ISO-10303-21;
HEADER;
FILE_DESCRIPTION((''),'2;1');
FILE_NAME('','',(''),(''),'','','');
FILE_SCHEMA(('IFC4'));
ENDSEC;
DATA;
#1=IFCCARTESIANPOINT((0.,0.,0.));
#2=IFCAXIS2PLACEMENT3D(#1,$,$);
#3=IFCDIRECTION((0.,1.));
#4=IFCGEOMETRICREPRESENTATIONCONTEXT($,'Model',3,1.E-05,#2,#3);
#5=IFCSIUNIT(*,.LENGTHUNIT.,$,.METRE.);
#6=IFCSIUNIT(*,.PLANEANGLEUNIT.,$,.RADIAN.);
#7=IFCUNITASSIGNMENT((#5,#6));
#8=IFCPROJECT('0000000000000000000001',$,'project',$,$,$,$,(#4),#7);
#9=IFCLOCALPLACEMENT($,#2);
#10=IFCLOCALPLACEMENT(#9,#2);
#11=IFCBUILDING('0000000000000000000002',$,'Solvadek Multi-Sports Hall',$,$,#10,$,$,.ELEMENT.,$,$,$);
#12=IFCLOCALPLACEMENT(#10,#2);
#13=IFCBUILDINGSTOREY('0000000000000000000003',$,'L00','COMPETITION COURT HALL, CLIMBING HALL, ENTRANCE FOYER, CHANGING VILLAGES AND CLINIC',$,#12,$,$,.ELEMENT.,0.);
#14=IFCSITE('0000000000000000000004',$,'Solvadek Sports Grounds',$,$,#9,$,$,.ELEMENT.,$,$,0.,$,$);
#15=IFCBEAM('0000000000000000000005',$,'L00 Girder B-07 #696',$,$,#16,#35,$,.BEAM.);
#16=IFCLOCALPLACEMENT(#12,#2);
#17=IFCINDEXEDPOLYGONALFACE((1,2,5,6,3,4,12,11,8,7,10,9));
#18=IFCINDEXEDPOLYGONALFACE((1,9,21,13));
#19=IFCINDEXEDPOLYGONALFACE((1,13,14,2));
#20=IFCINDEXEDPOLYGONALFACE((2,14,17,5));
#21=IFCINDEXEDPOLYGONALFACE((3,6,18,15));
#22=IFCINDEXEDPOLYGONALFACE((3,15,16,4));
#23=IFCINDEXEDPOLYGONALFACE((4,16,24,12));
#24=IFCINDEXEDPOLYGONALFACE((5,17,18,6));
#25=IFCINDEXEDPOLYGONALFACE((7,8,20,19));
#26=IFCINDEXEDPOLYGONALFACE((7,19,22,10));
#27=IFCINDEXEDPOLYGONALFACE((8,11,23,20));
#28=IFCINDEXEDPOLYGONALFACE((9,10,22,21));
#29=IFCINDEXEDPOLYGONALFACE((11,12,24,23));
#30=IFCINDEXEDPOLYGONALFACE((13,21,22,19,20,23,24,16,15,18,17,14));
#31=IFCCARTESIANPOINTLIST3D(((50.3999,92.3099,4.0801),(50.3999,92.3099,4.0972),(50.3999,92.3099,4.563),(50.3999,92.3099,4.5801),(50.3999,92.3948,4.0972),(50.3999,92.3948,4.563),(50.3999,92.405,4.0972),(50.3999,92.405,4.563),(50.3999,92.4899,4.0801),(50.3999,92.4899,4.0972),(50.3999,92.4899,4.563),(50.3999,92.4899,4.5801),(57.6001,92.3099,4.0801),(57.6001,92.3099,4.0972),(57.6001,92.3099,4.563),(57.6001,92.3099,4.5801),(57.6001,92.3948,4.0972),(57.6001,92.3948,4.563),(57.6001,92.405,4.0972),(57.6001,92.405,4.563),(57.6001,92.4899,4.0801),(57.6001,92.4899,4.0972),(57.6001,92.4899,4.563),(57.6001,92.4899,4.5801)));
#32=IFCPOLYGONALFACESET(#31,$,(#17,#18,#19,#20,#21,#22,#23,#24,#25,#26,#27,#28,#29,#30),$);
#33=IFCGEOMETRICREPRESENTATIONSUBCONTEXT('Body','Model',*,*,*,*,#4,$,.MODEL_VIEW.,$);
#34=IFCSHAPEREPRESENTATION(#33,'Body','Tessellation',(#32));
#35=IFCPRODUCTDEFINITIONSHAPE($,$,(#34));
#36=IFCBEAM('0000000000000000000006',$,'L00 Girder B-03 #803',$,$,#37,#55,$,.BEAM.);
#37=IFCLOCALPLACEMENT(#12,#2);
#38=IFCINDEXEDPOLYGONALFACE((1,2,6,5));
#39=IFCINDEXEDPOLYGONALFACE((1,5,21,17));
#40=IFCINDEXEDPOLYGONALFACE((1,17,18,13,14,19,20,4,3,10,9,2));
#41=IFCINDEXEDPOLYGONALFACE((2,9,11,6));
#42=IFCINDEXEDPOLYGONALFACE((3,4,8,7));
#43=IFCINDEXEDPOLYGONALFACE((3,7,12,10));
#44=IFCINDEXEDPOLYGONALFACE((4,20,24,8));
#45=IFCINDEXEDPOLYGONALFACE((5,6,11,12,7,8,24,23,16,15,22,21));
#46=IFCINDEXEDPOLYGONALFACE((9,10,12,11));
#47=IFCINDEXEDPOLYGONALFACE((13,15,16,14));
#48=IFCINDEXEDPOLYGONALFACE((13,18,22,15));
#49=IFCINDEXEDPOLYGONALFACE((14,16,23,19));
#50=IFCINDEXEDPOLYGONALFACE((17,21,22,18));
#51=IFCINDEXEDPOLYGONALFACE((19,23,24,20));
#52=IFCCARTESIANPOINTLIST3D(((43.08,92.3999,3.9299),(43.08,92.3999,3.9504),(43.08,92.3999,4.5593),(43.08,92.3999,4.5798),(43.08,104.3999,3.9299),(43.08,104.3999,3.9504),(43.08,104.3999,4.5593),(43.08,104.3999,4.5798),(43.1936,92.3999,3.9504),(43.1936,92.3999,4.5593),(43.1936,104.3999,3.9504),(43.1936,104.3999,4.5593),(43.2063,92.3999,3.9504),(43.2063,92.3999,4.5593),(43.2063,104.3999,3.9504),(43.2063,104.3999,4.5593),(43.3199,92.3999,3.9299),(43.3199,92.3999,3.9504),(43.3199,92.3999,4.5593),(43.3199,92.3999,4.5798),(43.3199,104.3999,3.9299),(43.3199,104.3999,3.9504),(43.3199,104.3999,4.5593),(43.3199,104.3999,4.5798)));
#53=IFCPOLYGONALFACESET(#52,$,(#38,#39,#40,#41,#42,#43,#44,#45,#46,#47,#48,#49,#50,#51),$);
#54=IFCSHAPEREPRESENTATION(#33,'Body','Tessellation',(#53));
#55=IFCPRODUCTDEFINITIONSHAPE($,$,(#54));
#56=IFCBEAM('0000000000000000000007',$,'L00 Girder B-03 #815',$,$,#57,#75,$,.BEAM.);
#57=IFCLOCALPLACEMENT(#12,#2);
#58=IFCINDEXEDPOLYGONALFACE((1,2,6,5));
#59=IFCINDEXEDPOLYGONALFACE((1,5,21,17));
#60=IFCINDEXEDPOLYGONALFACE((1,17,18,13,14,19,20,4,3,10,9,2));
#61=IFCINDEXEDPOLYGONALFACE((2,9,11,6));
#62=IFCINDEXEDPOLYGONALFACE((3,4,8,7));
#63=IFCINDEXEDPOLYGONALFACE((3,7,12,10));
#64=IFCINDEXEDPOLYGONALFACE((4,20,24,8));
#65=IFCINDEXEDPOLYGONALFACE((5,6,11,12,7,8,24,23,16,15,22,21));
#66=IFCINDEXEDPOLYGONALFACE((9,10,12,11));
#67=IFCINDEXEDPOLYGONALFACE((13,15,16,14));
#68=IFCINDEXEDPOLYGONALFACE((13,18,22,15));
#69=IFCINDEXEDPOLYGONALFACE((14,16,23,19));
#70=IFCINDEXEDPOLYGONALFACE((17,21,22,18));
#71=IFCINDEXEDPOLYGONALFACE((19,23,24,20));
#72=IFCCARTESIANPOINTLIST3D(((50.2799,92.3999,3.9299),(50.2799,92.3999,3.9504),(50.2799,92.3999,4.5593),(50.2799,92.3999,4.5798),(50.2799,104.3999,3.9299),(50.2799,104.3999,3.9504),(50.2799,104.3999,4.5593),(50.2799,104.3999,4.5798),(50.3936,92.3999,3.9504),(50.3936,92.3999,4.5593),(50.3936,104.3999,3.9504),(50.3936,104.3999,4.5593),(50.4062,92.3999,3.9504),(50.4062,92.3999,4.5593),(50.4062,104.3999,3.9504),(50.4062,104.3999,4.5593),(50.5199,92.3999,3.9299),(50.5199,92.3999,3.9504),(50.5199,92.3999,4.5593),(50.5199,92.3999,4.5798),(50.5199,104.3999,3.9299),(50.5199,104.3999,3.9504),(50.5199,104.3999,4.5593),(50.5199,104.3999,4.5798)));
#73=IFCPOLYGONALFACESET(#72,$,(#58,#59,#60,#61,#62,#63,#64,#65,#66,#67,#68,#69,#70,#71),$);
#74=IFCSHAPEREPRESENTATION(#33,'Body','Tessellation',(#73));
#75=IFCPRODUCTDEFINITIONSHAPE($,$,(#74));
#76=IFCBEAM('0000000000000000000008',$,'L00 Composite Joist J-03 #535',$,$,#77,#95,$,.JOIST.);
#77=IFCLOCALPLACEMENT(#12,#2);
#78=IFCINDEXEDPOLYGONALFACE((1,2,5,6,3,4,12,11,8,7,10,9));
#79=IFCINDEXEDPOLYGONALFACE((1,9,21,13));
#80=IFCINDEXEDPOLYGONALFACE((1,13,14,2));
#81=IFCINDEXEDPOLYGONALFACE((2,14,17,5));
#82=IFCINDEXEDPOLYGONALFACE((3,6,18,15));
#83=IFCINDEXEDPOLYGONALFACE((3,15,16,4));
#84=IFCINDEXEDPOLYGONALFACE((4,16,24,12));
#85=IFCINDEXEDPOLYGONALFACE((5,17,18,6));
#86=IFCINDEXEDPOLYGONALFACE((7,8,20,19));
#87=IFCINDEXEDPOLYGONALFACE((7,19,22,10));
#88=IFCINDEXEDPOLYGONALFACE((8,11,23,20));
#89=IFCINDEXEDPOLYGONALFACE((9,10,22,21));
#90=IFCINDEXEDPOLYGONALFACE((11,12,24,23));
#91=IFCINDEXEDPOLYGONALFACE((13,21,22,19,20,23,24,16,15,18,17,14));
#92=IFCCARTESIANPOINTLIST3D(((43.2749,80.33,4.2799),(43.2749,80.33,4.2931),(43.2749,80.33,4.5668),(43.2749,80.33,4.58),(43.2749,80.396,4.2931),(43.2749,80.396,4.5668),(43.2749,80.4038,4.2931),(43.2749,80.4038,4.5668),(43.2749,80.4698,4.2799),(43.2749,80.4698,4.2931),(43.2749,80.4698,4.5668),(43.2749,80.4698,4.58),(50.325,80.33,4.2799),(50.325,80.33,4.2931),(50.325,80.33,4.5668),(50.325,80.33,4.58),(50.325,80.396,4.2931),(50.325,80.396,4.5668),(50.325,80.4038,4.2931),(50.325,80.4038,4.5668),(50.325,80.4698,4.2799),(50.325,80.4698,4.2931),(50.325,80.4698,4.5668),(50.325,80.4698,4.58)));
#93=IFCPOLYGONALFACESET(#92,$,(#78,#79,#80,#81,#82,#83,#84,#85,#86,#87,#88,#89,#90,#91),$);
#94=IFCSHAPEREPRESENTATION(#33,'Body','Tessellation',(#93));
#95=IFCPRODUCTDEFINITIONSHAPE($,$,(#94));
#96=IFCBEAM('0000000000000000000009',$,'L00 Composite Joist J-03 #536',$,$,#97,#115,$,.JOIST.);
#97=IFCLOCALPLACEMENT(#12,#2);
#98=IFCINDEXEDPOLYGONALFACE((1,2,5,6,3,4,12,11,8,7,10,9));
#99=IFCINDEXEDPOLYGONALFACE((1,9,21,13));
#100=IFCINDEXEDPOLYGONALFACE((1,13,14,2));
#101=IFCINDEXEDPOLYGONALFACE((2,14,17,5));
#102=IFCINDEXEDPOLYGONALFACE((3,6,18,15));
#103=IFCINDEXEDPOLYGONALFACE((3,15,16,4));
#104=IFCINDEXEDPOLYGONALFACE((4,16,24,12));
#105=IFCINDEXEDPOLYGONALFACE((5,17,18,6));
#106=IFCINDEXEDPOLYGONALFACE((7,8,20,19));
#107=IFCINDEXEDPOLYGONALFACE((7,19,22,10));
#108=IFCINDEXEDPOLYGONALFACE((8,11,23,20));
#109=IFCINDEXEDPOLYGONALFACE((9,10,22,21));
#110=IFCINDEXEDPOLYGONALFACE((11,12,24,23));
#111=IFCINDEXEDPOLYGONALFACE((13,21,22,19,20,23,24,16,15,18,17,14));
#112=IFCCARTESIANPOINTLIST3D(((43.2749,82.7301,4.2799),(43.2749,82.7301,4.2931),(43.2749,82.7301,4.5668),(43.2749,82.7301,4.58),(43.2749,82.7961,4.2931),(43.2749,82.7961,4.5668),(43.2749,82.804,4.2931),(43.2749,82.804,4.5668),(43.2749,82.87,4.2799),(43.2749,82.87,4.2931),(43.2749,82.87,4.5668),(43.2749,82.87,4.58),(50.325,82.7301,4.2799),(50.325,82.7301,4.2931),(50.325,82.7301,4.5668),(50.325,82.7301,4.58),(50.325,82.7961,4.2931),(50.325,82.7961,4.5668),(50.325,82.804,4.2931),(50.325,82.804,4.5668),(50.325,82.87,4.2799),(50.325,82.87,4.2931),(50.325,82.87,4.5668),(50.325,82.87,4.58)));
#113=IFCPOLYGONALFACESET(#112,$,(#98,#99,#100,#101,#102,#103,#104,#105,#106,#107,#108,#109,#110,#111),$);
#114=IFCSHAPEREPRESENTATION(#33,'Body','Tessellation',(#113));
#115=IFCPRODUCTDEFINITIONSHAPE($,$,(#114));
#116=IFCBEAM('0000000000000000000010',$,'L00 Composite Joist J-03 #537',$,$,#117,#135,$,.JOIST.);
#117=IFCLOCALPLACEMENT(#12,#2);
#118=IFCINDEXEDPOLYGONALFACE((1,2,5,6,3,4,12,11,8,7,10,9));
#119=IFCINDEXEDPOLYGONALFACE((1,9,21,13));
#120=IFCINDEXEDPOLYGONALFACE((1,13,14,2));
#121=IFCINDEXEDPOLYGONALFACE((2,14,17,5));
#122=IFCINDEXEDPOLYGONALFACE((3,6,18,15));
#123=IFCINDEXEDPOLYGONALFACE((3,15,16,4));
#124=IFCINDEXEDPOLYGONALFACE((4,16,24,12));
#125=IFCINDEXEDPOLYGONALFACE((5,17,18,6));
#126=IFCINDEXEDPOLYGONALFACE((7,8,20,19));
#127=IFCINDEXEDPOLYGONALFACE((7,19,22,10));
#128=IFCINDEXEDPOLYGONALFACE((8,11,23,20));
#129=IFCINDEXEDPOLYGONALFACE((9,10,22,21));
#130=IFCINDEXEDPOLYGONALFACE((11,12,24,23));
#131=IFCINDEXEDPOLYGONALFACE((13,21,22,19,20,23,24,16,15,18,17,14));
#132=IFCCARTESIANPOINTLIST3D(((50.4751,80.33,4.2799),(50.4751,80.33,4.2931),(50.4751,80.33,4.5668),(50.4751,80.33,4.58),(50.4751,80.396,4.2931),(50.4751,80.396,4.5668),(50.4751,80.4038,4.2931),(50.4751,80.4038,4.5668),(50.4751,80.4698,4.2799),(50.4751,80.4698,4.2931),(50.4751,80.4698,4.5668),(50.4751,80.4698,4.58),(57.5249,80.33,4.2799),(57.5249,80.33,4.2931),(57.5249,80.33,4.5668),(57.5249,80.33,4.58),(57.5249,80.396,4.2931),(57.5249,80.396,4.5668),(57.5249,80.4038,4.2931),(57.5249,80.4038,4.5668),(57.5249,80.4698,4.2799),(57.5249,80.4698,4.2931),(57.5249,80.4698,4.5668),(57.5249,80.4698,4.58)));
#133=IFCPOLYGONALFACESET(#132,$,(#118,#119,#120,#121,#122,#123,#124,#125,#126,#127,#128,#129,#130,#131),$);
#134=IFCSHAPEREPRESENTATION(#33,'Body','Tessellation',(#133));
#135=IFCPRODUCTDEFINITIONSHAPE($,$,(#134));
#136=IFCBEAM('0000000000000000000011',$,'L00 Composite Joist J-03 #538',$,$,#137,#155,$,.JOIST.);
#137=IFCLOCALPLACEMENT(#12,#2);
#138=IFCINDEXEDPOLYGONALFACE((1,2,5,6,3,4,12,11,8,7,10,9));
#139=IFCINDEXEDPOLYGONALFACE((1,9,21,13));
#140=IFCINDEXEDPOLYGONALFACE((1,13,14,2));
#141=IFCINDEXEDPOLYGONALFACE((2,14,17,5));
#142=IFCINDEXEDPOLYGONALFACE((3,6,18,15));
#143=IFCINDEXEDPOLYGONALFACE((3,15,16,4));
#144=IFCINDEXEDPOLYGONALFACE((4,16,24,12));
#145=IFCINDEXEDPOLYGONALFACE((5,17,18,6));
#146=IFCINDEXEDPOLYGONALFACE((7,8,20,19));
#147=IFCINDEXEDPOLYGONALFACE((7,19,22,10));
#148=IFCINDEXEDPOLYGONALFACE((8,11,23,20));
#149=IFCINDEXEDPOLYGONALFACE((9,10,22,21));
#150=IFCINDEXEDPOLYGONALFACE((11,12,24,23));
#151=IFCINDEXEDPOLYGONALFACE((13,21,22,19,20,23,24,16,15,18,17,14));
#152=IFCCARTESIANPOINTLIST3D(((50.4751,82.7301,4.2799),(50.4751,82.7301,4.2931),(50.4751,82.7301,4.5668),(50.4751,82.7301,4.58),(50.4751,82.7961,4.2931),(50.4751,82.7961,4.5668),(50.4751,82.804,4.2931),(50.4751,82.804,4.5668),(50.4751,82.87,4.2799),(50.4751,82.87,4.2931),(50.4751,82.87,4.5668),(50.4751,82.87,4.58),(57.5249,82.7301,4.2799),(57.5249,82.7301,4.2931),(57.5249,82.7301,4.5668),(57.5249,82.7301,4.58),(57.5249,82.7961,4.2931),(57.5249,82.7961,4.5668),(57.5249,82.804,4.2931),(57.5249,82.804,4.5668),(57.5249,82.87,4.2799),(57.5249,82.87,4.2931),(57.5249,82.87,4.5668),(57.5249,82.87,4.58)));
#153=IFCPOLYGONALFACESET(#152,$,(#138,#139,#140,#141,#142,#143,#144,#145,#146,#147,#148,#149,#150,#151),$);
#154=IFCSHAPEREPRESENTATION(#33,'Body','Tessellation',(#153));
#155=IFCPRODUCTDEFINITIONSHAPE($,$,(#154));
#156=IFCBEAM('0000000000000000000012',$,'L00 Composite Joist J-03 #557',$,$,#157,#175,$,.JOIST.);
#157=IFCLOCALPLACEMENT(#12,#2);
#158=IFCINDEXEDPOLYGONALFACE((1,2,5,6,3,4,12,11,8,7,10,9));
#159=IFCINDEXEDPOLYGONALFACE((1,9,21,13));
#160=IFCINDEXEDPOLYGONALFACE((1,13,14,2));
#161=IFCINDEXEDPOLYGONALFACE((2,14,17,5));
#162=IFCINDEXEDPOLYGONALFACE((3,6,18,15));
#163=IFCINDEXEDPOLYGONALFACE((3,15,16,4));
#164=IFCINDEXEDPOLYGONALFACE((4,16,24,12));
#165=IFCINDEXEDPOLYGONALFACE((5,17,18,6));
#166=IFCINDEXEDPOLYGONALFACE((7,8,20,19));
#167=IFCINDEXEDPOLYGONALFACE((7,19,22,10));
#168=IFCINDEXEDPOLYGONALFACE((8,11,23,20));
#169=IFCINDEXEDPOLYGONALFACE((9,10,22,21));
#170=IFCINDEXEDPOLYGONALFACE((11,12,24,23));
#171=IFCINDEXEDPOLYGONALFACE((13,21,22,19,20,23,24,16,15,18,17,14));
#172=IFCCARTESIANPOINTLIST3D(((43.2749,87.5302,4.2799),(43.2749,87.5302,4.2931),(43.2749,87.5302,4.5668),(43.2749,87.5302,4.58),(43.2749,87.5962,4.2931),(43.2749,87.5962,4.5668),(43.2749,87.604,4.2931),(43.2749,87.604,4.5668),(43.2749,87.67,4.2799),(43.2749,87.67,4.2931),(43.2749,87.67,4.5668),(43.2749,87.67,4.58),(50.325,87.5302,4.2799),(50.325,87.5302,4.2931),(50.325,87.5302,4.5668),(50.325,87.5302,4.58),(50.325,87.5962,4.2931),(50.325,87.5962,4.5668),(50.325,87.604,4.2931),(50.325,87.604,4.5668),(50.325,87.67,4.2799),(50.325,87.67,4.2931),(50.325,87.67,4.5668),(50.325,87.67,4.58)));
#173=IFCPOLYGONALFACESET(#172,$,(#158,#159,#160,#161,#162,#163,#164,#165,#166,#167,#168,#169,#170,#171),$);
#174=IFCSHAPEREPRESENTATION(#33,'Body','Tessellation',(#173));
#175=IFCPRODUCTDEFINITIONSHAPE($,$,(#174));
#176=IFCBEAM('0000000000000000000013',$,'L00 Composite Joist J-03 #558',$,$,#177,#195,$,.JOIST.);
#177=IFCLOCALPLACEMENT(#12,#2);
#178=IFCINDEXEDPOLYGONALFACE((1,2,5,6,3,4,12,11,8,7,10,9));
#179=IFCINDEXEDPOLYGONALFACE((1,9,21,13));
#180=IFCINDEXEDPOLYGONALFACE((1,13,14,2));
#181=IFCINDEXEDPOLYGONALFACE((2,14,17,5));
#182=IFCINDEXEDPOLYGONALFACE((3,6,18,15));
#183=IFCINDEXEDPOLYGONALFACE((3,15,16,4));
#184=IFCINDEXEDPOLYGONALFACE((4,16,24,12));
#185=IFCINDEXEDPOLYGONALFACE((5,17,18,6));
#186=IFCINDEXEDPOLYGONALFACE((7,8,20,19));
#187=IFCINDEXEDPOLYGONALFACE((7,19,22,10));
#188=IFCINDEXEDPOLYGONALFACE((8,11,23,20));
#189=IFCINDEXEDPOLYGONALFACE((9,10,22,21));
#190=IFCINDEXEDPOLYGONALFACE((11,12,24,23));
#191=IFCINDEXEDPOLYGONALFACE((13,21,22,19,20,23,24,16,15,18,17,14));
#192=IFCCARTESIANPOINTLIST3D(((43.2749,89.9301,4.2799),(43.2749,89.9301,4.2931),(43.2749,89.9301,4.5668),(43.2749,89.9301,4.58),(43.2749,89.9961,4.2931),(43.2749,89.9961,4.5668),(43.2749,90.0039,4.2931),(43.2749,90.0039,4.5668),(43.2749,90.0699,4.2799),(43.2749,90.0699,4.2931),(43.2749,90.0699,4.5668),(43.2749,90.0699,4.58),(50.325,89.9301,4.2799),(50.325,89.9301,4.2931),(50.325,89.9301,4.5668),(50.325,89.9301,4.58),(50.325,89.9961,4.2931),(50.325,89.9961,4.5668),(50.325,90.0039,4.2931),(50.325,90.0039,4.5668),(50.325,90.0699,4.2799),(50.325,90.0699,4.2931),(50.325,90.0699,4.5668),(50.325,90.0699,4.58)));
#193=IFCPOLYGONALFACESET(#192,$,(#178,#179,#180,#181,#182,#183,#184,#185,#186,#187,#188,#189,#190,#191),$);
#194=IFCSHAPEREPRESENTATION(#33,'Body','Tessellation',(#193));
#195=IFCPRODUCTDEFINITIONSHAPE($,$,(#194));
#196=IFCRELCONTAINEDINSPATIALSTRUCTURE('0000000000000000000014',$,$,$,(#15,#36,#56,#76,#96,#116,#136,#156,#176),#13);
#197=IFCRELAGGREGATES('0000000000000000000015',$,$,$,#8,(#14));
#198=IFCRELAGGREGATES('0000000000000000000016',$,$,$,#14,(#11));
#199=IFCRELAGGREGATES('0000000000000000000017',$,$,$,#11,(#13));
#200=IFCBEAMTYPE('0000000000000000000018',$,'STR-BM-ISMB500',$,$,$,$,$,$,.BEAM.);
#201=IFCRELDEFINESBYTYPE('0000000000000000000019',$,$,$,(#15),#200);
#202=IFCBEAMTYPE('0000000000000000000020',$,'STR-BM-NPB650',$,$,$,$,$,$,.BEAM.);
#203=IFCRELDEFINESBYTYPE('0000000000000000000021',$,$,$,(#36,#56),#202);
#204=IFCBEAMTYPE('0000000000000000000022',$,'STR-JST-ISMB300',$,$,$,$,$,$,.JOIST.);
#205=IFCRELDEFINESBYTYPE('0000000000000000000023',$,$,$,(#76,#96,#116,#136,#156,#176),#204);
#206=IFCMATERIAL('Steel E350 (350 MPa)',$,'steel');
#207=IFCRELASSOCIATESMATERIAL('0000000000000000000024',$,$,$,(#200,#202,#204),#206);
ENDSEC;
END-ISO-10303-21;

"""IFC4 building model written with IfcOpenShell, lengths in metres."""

from ifc_helpers import new_model, si_unit, direction, frame, origin, origin_2d, place, context, subcontext, project, spatial, i_section, extrude, material, material_profile, profile_set, type_object, element, save


model = new_model("IFC4")

# Units and contexts
model_context = context("Model", 3, precision=1e-05, world=origin(), true_north=direction((0.0, 1.0)))
body_context = subcontext(model_context, "Body", "Model", "MODEL_VIEW")
ifc_project = project(units=[si_unit("LENGTHUNIT", "METRE"), si_unit("PLANEANGLEUNIT", "RADIAN")], contexts=[model_context])

# Site, building, storey
site_placement = place(None, origin())
site = spatial("IfcSite", under=ifc_project, at=site_placement, Name="Solvadek Sports Grounds", CompositionType="ELEMENT", RefElevation=0.0)
building_placement = place(site_placement, origin())
building = spatial("IfcBuilding", under=site, at=building_placement, Name="Solvadek Multi-Sports Hall", CompositionType="ELEMENT")
storey_placement = place(building_placement, origin())
storey = spatial("IfcBuildingStorey", under=building, at=storey_placement, Name="L00", Description="COMPETITION COURT HALL, CLIMBING HALL, ENTRANCE FOYER, CHANGING VILLAGES AND CLINIC", CompositionType="ELEMENT", Elevation=0.0)

# Shared definitions
ifc_material = material(Name="Steel E350 (350 MPa)", Category="steel")

# Beams
ifc_material_profile_1 = material_profile(ifc_material, i_section(OverallWidth=0.1799, OverallDepth=0.5, WebThickness=0.0103, FlangeThickness=0.0171, at=origin_2d()), Name="ISMB 500")
ifc_profile_set_1 = profile_set([ifc_material_profile_1], Name="Steel E350 (350 MPa)")
beam_type_1 = type_object("IfcBeamType", Name="STR-BM-ISMB500", PredefinedType="BEAM", material=ifc_profile_set_1)
for number, where, z_axis, x_axis, name in (
    (1, (50.3999, 92.3999, 4.3301), (1.0, 0.0, 0.0), (0.0, 1.0, 0.0), "L00 Girder B-07 #696"),
):
    element("IfcBeam", number, at=place(storey_placement, frame(where, z_axis=z_axis, x_axis=x_axis)), inside=storey, type_object=beam_type_1, Name=name, PredefinedType="BEAM", context=body_context, shape_type="SweptSolid", body=[
        extrude(i_section(OverallWidth=0.1799, OverallDepth=0.5, WebThickness=0.0103, FlangeThickness=0.0171, at=origin_2d()), origin(), (0.0, 0.0, 1.0), 7.2002),
    ])
ifc_material_profile_2 = material_profile(ifc_material, i_section(OverallWidth=0.24, OverallDepth=0.6499, WebThickness=0.0127, FlangeThickness=0.0205, at=origin_2d()), Name="NPB 650")
ifc_profile_set_2 = profile_set([ifc_material_profile_2], Name="Steel E350 (350 MPa)")
beam_type_2 = type_object("IfcBeamType", Name="STR-BM-NPB650", PredefinedType="BEAM", material=ifc_profile_set_2)
for number, where, z_axis, x_axis, name in (
    (2, (43.2, 92.3999, 4.2549), (0.0, 1.0, 0.0), (-1.0, 0.0, 0.0), "L00 Girder B-03 #803"),
    (3, (50.3999, 92.3999, 4.2549), (0.0, 1.0, 0.0), (-1.0, 0.0, 0.0), "L00 Girder B-03 #815"),
):
    element("IfcBeam", number, at=place(storey_placement, frame(where, z_axis=z_axis, x_axis=x_axis)), inside=storey, type_object=beam_type_2, Name=name, PredefinedType="BEAM", context=body_context, shape_type="SweptSolid", body=[
        extrude(i_section(OverallWidth=0.24, OverallDepth=0.6499, WebThickness=0.0127, FlangeThickness=0.0205, at=origin_2d()), origin(), (0.0, 0.0, 1.0), 12.0),
    ])
ifc_material_profile_3 = material_profile(ifc_material, i_section(OverallWidth=0.1399, OverallDepth=0.3, WebThickness=0.0078, FlangeThickness=0.0132, at=origin_2d()), Name="ISMB 300")
ifc_profile_set_3 = profile_set([ifc_material_profile_3], Name="Steel E350 (350 MPa)")
beam_type_3 = type_object("IfcBeamType", Name="STR-JST-ISMB300", PredefinedType="JOIST", material=ifc_profile_set_3)
for number, where, z_axis, x_axis, name in (
    (4, (43.2749, 80.3999, 4.4299), (1.0, 0.0, 0.0), (0.0, 1.0, 0.0), "L00 Composite Joist J-03 #535"),
    (5, (43.2749, 82.8, 4.4299), (1.0, 0.0, 0.0), (0.0, 1.0, 0.0), "L00 Composite Joist J-03 #536"),
):
    element("IfcBeam", number, at=place(storey_placement, frame(where, z_axis=z_axis, x_axis=x_axis)), inside=storey, type_object=beam_type_3, Name=name, PredefinedType="JOIST", context=body_context, shape_type="SweptSolid", body=[
        extrude(i_section(OverallWidth=0.1399, OverallDepth=0.3, WebThickness=0.0078, FlangeThickness=0.0132, at=origin_2d()), origin(), (0.0, 0.0, 1.0), 7.05),
    ])
for number, where, z_axis, x_axis, name in (
    (6, (50.4751, 80.3999, 4.4299), (1.0, 0.0, 0.0), (0.0, 1.0, 0.0), "L00 Composite Joist J-03 #537"),
    (7, (50.4751, 82.8, 4.4299), (1.0, 0.0, 0.0), (0.0, 1.0, 0.0), "L00 Composite Joist J-03 #538"),
):
    element("IfcBeam", number, at=place(storey_placement, frame(where, z_axis=z_axis, x_axis=x_axis)), inside=storey, type_object=beam_type_3, Name=name, PredefinedType="JOIST", context=body_context, shape_type="SweptSolid", body=[
        extrude(i_section(OverallWidth=0.1399, OverallDepth=0.3, WebThickness=0.0078, FlangeThickness=0.0132, at=origin_2d()), origin(), (0.0, 0.0, 1.0), 7.0498),
    ])
for number, where, z_axis, x_axis, name in (
    (8, (43.2749, 87.6001, 4.4299), (1.0, 0.0, 0.0), (0.0, 1.0, 0.0), "L00 Composite Joist J-03 #557"),
    (9, (43.2749, 90.0, 4.4299), (1.0, 0.0, 0.0), (0.0, 1.0, 0.0), "L00 Composite Joist J-03 #558"),
):
    element("IfcBeam", number, at=place(storey_placement, frame(where, z_axis=z_axis, x_axis=x_axis)), inside=storey, type_object=beam_type_3, Name=name, PredefinedType="JOIST", context=body_context, shape_type="SweptSolid", body=[
        extrude(i_section(OverallWidth=0.1399, OverallDepth=0.3, WebThickness=0.0078, FlangeThickness=0.0132, at=origin_2d()), origin(), (0.0, 0.0, 1.0), 7.05),
    ])

save(model, "model.ifc")
